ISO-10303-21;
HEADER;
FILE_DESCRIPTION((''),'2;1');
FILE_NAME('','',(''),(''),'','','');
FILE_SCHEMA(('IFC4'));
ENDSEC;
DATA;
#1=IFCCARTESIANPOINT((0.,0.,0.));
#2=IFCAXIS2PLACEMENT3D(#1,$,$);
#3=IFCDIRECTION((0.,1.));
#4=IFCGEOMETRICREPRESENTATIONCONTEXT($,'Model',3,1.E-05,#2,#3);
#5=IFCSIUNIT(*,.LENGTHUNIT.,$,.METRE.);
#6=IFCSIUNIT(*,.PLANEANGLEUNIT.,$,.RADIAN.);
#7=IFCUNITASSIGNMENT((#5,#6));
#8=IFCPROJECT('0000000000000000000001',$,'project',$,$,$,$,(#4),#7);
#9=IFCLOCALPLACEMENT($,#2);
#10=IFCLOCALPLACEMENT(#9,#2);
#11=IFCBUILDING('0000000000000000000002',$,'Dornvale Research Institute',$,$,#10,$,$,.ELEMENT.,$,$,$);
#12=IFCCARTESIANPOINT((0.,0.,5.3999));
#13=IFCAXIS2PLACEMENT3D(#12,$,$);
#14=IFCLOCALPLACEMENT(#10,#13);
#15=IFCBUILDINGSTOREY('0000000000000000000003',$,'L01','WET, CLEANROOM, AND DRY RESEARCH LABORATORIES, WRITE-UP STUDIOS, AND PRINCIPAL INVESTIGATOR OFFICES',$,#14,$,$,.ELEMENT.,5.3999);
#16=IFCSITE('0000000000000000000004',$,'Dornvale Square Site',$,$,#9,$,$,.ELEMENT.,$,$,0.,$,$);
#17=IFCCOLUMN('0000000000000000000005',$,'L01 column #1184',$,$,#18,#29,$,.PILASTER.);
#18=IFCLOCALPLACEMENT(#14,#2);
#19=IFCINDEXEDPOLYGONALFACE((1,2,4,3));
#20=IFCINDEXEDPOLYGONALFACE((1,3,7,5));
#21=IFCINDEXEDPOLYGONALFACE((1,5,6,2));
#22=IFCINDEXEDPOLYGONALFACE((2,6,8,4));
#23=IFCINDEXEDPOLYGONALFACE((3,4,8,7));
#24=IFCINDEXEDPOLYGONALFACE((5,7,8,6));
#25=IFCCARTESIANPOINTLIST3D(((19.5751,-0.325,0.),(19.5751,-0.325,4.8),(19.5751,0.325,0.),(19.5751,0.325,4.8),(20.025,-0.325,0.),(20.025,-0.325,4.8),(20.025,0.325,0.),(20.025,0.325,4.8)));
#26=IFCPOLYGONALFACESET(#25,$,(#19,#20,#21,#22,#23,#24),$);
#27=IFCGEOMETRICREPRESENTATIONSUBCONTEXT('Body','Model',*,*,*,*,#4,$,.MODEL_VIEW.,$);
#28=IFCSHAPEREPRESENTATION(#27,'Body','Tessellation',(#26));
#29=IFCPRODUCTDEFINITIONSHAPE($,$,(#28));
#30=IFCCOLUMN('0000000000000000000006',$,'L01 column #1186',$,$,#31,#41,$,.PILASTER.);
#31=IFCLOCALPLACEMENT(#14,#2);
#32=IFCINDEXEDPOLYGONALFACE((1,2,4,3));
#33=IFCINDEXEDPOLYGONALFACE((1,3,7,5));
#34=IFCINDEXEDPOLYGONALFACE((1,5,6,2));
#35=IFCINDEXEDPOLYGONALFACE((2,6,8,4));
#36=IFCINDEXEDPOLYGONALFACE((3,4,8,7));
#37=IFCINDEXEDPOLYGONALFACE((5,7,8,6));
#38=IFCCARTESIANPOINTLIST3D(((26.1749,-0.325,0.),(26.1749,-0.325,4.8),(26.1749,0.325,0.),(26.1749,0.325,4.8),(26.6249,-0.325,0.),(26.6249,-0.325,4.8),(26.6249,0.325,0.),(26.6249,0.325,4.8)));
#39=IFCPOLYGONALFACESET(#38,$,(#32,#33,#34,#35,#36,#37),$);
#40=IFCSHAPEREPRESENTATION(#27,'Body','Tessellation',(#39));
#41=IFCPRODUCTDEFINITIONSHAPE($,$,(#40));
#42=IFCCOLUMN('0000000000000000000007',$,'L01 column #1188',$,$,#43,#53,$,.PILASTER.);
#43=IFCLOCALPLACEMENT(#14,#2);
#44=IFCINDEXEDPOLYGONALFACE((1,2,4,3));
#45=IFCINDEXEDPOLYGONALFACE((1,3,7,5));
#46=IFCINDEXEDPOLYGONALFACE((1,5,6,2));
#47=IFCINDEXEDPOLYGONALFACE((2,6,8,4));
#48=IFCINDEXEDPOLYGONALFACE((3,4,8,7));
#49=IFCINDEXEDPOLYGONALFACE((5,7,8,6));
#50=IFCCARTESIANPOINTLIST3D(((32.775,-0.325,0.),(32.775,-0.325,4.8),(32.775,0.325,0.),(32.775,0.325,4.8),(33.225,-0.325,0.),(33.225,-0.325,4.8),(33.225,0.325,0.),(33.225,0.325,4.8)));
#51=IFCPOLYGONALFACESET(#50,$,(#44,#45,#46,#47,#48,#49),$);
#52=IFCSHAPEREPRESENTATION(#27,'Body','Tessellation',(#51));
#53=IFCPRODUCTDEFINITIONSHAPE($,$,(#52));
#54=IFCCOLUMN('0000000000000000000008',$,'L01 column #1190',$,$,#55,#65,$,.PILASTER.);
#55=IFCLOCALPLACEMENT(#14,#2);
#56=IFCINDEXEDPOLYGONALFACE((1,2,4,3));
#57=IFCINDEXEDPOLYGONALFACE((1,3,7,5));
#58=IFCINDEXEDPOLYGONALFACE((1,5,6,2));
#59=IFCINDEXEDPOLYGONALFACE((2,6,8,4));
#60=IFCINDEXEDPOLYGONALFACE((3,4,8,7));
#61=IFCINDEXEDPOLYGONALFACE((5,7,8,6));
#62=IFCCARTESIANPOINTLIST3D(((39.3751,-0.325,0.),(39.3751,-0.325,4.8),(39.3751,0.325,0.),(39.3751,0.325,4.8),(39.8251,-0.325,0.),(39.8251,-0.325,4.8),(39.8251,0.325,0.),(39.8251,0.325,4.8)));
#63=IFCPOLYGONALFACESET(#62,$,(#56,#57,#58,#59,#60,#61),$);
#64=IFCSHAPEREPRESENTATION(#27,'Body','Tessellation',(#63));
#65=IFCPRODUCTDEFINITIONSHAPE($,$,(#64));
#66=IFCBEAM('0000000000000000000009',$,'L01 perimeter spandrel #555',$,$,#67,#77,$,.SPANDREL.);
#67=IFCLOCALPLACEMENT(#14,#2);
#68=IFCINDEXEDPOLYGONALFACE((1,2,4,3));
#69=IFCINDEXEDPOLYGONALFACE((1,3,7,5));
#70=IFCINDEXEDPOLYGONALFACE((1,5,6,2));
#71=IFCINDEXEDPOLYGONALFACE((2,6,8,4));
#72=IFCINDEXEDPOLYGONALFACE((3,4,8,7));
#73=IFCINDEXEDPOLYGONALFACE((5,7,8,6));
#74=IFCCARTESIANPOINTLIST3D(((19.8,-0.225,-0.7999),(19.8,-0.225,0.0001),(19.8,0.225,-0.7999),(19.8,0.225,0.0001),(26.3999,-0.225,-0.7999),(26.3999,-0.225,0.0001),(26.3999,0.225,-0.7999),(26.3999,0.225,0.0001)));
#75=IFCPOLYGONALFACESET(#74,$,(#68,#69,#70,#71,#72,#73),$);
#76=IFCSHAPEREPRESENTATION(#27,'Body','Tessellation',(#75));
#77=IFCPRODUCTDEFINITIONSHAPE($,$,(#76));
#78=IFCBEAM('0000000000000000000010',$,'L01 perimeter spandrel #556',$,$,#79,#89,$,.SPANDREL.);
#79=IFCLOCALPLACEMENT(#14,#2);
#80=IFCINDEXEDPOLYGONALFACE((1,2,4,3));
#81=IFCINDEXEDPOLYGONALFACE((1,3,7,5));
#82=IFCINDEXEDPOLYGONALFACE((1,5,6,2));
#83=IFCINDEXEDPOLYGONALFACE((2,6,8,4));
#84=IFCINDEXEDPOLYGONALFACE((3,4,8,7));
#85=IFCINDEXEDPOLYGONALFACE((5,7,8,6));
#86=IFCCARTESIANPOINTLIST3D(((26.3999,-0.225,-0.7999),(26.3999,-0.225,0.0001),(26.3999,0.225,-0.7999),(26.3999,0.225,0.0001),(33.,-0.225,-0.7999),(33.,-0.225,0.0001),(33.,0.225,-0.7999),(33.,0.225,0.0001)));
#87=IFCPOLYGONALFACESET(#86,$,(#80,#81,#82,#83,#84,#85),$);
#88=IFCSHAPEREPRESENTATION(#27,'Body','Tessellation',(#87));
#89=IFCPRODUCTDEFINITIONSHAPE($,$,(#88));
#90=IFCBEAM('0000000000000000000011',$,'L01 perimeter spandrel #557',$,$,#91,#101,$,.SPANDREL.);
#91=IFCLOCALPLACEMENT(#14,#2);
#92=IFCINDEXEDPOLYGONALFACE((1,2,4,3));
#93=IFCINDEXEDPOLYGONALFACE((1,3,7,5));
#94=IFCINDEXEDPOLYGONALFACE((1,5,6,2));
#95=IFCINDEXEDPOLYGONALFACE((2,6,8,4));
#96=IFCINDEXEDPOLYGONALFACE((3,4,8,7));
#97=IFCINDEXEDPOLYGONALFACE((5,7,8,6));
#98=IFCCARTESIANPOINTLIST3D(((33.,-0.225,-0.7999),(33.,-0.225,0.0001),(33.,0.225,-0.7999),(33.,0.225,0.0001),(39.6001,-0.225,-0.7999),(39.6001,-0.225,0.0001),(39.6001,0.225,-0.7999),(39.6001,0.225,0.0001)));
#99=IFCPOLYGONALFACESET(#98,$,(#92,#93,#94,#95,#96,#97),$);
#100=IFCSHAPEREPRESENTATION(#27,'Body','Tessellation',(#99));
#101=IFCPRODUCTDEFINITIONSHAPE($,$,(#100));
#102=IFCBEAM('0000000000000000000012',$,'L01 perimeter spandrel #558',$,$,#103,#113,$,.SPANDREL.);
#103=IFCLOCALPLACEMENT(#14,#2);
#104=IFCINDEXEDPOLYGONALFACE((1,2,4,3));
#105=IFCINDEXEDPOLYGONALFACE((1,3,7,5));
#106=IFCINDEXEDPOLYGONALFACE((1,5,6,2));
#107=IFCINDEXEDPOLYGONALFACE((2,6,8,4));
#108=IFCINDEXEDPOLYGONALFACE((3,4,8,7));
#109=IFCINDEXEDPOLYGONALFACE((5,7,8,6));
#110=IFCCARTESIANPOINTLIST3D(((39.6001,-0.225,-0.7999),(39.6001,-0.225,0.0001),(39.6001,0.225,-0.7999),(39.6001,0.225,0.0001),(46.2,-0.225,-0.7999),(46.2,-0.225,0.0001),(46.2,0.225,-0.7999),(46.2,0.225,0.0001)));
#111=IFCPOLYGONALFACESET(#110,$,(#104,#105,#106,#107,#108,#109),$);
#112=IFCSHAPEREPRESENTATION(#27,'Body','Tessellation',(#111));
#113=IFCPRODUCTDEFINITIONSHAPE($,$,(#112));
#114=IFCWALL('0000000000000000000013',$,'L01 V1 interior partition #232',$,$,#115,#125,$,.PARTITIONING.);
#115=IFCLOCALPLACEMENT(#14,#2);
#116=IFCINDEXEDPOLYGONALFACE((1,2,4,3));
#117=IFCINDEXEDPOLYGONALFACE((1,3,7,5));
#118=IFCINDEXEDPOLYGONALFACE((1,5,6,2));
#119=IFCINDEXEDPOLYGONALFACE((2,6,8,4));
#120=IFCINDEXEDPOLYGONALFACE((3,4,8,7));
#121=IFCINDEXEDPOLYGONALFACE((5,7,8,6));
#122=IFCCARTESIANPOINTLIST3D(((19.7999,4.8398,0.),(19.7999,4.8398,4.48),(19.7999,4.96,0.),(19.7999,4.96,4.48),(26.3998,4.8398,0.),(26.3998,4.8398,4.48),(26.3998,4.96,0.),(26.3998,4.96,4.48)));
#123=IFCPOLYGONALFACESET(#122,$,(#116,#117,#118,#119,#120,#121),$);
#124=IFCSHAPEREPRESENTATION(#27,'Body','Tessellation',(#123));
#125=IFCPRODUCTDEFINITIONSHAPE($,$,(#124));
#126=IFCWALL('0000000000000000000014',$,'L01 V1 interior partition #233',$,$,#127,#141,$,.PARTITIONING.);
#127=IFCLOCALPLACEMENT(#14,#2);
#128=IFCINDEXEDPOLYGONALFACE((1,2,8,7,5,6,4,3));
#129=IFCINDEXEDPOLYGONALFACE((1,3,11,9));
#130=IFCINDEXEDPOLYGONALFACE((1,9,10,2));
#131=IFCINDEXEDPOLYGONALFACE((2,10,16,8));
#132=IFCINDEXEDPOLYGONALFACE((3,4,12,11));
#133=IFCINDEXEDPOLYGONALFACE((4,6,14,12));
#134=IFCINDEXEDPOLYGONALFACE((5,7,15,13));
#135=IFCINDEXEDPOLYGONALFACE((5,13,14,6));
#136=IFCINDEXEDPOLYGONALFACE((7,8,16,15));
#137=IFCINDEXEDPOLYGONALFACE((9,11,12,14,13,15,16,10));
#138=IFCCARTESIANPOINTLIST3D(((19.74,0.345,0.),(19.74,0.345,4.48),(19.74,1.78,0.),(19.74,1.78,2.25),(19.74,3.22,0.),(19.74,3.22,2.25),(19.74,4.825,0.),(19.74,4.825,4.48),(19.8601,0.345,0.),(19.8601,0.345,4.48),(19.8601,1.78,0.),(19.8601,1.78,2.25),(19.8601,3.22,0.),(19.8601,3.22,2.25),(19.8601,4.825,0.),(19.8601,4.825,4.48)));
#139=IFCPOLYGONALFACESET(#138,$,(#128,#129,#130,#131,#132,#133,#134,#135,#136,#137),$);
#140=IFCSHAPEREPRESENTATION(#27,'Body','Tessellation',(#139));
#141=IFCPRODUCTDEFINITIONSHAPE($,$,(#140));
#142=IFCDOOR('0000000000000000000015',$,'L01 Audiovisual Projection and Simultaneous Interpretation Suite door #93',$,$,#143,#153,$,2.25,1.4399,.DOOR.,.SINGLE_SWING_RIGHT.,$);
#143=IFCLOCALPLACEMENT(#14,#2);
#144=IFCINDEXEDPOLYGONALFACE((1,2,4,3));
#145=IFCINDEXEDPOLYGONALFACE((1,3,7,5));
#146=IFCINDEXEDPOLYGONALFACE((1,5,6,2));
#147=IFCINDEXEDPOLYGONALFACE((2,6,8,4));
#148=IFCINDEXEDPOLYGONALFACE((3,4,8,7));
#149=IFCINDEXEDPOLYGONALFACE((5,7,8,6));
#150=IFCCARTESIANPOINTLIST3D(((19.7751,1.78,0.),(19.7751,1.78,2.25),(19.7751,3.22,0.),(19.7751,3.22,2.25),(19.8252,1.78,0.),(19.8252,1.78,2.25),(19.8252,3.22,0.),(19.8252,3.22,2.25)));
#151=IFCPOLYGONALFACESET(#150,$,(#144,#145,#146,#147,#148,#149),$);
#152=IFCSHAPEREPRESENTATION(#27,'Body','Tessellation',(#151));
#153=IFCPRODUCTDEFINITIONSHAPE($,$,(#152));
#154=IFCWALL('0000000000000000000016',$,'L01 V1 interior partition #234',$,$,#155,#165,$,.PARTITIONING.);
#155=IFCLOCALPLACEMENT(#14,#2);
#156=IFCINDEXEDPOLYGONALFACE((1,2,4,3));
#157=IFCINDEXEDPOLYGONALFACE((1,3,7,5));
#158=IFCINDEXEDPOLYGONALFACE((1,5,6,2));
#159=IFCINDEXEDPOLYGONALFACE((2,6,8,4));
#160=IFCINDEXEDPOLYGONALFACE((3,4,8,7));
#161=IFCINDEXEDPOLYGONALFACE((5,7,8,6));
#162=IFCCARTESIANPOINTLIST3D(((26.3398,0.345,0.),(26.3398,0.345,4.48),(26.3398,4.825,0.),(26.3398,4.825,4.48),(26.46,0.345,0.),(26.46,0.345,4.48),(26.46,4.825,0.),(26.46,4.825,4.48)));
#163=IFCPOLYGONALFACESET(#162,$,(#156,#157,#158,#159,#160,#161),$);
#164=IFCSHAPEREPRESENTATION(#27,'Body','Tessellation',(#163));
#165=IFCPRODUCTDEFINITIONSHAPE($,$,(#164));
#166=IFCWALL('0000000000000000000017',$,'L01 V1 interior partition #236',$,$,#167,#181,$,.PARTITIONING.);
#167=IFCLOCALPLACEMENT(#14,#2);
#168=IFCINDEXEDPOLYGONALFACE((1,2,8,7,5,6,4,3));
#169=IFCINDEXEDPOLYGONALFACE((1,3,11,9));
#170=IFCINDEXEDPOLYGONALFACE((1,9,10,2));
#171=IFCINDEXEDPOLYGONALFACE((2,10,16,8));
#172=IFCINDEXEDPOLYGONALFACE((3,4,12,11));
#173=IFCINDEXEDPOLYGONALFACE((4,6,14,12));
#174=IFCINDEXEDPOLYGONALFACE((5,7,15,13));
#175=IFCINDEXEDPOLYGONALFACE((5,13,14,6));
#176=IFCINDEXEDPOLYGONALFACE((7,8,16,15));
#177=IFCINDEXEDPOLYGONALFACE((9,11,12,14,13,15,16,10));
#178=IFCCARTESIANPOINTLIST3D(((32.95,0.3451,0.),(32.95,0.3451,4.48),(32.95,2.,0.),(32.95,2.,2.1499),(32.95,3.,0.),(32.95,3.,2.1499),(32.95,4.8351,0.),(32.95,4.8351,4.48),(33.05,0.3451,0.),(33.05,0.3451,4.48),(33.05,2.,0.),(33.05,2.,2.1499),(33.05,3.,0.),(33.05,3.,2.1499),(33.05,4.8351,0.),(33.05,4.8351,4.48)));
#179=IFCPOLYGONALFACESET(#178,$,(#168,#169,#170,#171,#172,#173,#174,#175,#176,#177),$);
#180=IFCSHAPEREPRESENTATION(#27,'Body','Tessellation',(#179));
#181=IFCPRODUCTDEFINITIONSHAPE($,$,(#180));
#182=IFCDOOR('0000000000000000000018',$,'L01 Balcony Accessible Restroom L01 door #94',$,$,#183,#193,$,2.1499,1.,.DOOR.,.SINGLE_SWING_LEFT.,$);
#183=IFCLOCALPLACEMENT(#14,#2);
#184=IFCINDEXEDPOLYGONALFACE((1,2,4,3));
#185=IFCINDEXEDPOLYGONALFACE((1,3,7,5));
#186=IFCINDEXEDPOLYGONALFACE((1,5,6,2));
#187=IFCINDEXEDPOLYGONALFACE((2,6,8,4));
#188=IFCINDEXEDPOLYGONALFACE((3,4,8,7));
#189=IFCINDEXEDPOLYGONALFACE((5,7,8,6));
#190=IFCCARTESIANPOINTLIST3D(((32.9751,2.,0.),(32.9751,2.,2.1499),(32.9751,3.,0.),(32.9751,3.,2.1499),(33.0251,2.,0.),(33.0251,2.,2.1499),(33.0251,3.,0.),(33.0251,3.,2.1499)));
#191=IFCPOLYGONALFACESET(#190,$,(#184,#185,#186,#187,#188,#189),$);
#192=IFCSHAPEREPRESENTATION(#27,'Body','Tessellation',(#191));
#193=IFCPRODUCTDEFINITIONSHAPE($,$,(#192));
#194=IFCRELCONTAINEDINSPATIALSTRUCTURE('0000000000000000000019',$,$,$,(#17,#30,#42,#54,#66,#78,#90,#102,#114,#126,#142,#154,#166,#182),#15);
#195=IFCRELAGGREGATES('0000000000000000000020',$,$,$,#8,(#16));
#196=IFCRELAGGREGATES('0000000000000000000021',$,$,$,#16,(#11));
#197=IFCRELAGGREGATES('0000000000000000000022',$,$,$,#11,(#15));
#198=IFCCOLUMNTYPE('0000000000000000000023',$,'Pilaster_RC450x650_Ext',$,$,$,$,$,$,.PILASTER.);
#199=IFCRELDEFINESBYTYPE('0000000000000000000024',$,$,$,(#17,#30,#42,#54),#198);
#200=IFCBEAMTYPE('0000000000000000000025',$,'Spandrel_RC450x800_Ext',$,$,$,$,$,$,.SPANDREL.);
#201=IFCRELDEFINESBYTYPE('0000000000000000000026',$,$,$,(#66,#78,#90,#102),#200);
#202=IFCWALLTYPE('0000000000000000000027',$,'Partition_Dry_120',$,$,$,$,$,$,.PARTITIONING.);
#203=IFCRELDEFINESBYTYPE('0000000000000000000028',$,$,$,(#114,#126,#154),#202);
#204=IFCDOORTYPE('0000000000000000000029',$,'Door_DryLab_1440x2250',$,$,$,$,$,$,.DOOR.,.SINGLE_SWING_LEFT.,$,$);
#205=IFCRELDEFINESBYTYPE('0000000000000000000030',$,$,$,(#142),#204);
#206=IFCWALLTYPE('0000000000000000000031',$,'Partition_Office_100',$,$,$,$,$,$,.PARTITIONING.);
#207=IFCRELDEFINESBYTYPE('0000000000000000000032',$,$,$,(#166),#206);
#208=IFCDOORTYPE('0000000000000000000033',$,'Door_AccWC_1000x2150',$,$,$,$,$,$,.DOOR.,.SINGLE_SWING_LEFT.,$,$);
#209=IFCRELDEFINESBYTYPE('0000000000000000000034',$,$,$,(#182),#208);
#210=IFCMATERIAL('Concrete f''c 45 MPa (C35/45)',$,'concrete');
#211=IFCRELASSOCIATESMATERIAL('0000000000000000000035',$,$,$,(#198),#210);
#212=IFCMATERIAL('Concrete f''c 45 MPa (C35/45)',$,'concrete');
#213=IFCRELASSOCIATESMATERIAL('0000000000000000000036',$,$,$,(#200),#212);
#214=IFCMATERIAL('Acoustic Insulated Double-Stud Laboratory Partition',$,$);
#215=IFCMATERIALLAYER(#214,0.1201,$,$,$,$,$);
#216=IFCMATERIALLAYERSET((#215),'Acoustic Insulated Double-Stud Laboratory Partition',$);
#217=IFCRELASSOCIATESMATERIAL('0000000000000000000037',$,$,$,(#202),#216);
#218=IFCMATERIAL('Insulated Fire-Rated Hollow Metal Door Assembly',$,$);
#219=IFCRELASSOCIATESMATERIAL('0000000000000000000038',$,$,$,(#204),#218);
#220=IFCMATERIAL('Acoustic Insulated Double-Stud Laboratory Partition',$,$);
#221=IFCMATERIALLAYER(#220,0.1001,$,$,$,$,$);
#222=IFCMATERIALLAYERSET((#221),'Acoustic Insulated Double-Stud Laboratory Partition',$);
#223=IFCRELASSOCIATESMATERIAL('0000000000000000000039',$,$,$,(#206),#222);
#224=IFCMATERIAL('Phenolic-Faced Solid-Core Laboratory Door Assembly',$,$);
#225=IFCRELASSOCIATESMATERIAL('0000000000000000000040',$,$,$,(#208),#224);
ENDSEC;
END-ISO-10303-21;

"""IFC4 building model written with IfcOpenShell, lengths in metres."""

from ifc_helpers import new_model, si_unit, direction, frame, frame_2d, origin, origin_2d, place, context, subcontext, project, spatial, rectangle, extrude, material, layer, layer_set, material_profile, profile_set, type_object, element, fill, save


model = new_model("IFC4")

# Units and contexts
model_context = context("Model", 3, precision=1e-05, world=origin(), true_north=direction((0.0, 1.0)))
body_context = subcontext(model_context, "Body", "Model", "MODEL_VIEW")
ifc_project = project(units=[si_unit("LENGTHUNIT", "METRE"), si_unit("PLANEANGLEUNIT", "RADIAN")], contexts=[model_context])

# Site, building, storey
site_placement = place(None, origin())
site = spatial("IfcSite", under=ifc_project, at=site_placement, Name="Dornvale Square Site", CompositionType="ELEMENT", RefElevation=0.0)
building_placement = place(site_placement, origin())
building = spatial("IfcBuilding", under=site, at=building_placement, Name="Dornvale Research Institute", CompositionType="ELEMENT")
storey_placement = place(building_placement, frame((0.0, 0.0, 5.3999)))
storey = spatial("IfcBuildingStorey", under=building, at=storey_placement, Name="L01", Description="WET, CLEANROOM, AND DRY RESEARCH LABORATORIES, WRITE-UP STUDIOS, AND PRINCIPAL INVESTIGATOR OFFICES", CompositionType="ELEMENT", Elevation=5.3999)

# Columns
ifc_material_1 = material(Name="Concrete f'c 45 MPa (C35/45)", Category="concrete")
ifc_material_profile_1 = material_profile(ifc_material_1, rectangle(XDim=0.45, YDim=0.6499, at=origin_2d()), Name="RC 450x650")
ifc_profile_set_1 = profile_set([ifc_material_profile_1], Name="Concrete f'c 45 MPa (C35/45)")
column_type = type_object("IfcColumnType", Name="Pilaster_RC450x650_Ext", PredefinedType="PILASTER", material=ifc_profile_set_1)
for number, where, z_axis, x_axis, name in (
    (1, (19.8, 0.0, 0.0), (0.0, 0.0, 1.0), (1.0, 0.0, 0.0), "L01 column #1184"),
    (2, (26.3999, 0.0, 0.0), (0.0, 0.0, 1.0), (1.0, 0.0, 0.0), "L01 column #1186"),
    (3, (33.0, 0.0, 0.0), (0.0, 0.0, 1.0), (1.0, 0.0, 0.0), "L01 column #1188"),
    (4, (39.6001, 0.0, 0.0), (0.0, 0.0, 1.0), (1.0, 0.0, 0.0), "L01 column #1190"),
):
    element("IfcColumn", number, at=place(storey_placement, frame(where, z_axis=z_axis, x_axis=x_axis)), inside=storey, type_object=column_type, Name=name, PredefinedType="PILASTER", context=body_context, shape_type="SweptSolid", body=[
        extrude(rectangle(XDim=0.45, YDim=0.6499, at=origin_2d()), origin(), (0.0, 0.0, 1.0), 4.8),
    ])

# Beams
ifc_material_2 = material(Name="Concrete f'c 45 MPa (C35/45)", Category="concrete")
ifc_material_profile_2 = material_profile(ifc_material_2, rectangle(XDim=0.45, YDim=0.8, at=origin_2d()), Name="RC 450x800")
ifc_profile_set_2 = profile_set([ifc_material_profile_2], Name="Concrete f'c 45 MPa (C35/45)")
beam_type = type_object("IfcBeamType", Name="Spandrel_RC450x800_Ext", PredefinedType="SPANDREL", material=ifc_profile_set_2)
beam_1_placement = place(storey_placement, frame((19.8, 0.0, -0.3999), z_axis=(1.0, 0.0, 0.0), x_axis=(0.0, 1.0, 0.0)))
element("IfcBeam", 5, at=beam_1_placement, inside=storey, type_object=beam_type, Name="L01 perimeter spandrel #555", PredefinedType="SPANDREL", context=body_context, shape_type="SweptSolid", body=[
    extrude(rectangle(XDim=0.45, YDim=0.8, at=origin_2d()), origin(), (0.0, 0.0, 1.0), 6.5999),
])
for number, where, z_axis, x_axis, name in (
    (6, (26.3999, 0.0, -0.3999), (1.0, 0.0, 0.0), (0.0, 1.0, 0.0), "L01 perimeter spandrel #556"),
    (7, (33.0, 0.0, -0.3999), (1.0, 0.0, 0.0), (0.0, 1.0, 0.0), "L01 perimeter spandrel #557"),
):
    element("IfcBeam", number, at=place(storey_placement, frame(where, z_axis=z_axis, x_axis=x_axis)), inside=storey, type_object=beam_type, Name=name, PredefinedType="SPANDREL", context=body_context, shape_type="SweptSolid", body=[
        extrude(rectangle(XDim=0.45, YDim=0.8, at=origin_2d()), origin(), (0.0, 0.0, 1.0), 6.6001),
    ])
beam_2_placement = place(storey_placement, frame((39.6001, 0.0, -0.3999), z_axis=(1.0, 0.0, 0.0), x_axis=(0.0, 1.0, 0.0)))
element("IfcBeam", 8, at=beam_2_placement, inside=storey, type_object=beam_type, Name="L01 perimeter spandrel #558", PredefinedType="SPANDREL", context=body_context, shape_type="SweptSolid", body=[
    extrude(rectangle(XDim=0.45, YDim=0.8, at=origin_2d()), origin(), (0.0, 0.0, 1.0), 6.5999),
])

# Wall
ifc_material_3 = material(Name="Acoustic Insulated Double-Stud Laboratory Partition")
ifc_layer_1 = layer(ifc_material_3, 0.1201)
ifc_layer_set_1 = layer_set([ifc_layer_1], Name="Acoustic Insulated Double-Stud Laboratory Partition")
wall_type_1 = type_object("IfcWallType", Name="Partition_Dry_120", PredefinedType="PARTITIONING", material=ifc_layer_set_1)
wall_1_placement = place(storey_placement, frame((19.8, 4.8999, 0.0), z_axis=(0.0, 0.0, 1.0), x_axis=(1.0, 0.0, 0.0)))
element("IfcWall", 9, at=wall_1_placement, inside=storey, type_object=wall_type_1, Name="L01 V1 interior partition #232", PredefinedType="PARTITIONING", context=body_context, shape_type="SweptSolid", body=[
    extrude(rectangle(XDim=6.5999, YDim=0.1201, at=frame_2d((3.2998, 0.0))), origin(), (0.0, 0.0, 1.0), 4.48),
])

# Wall, opening, door
wall_2_placement = place(storey_placement, frame((19.8, 0.345, 0.0), z_axis=(0.0, 0.0, 1.0), x_axis=(0.0, 1.0, 0.0)))
wall_2 = element("IfcWall", 10, at=wall_2_placement, inside=storey, type_object=wall_type_1, Name="L01 V1 interior partition #233", PredefinedType="PARTITIONING", context=body_context, shape_type="SweptSolid", body=[
    extrude(rectangle(XDim=4.48, YDim=0.1201, at=frame_2d((2.24, 0.0))), origin(), (0.0, 0.0, 1.0), 4.48),
])
opening_1_placement = place(wall_2_placement, frame((1.4351, 0.0, 0.0)))
opening_1 = element("IfcOpeningElement", 11, at=opening_1_placement, cuts=wall_2, PredefinedType="OPENING", context=body_context, shape_type="SweptSolid", body=[
    extrude(rectangle(XDim=1.4399, YDim=2.25, at=frame_2d((0.72, 1.125))), frame((0.0, 0.075, 0.0), z_axis=(0.0, -1.0, 0.0), x_axis=(1.0, 0.0, 0.0)), (0.0, 0.0, 1.0), 0.1501),
])
ifc_material_4 = material(Name="Insulated Fire-Rated Hollow Metal Door Assembly")
door_type_1 = type_object("IfcDoorType", Name="Door_DryLab_1440x2250", OperationType="SINGLE_SWING_LEFT", PredefinedType="DOOR", material=ifc_material_4)
door_1_placement = place(opening_1_placement, origin())
door_1 = element("IfcDoor", 12, at=door_1_placement, inside=storey, type_object=door_type_1, Name="L01 Audiovisual Projection and Simultaneous Interpretation Suite door #93", OperationType="SINGLE_SWING_RIGHT", OverallHeight=2.25, OverallWidth=1.4399, PredefinedType="DOOR", context=body_context, shape_type="SweptSolid", body=[
    extrude(rectangle(XDim=1.4399, YDim=2.25, at=frame_2d((0.72, 1.125))), frame((0.0, 0.0249, 0.0), z_axis=(0.0, -1.0, 0.0), x_axis=(1.0, 0.0, 0.0)), (0.0, 0.0, 1.0), 0.05),
])
fill(opening_1, door_1)

# Wall
wall_3_placement = place(storey_placement, frame((26.3999, 0.345, 0.0), z_axis=(0.0, 0.0, 1.0), x_axis=(0.0, 1.0, 0.0)))
element("IfcWall", 13, at=wall_3_placement, inside=storey, type_object=wall_type_1, Name="L01 V1 interior partition #234", PredefinedType="PARTITIONING", context=body_context, shape_type="SweptSolid", body=[
    extrude(rectangle(XDim=4.48, YDim=0.1201, at=frame_2d((2.24, 0.0))), origin(), (0.0, 0.0, 1.0), 4.48),
])

# Wall, opening, door
ifc_material_5 = material(Name="Acoustic Insulated Double-Stud Laboratory Partition")
ifc_layer_2 = layer(ifc_material_5, 0.1001)
ifc_layer_set_2 = layer_set([ifc_layer_2], Name="Acoustic Insulated Double-Stud Laboratory Partition")
wall_type_2 = type_object("IfcWallType", Name="Partition_Office_100", PredefinedType="PARTITIONING", material=ifc_layer_set_2)
wall_4_placement = place(storey_placement, frame((33.0, 0.345, 0.0), z_axis=(0.0, 0.0, 1.0), x_axis=(0.0, 1.0, 0.0)))
wall_4 = element("IfcWall", 14, at=wall_4_placement, inside=storey, type_object=wall_type_2, Name="L01 V1 interior partition #236", PredefinedType="PARTITIONING", context=body_context, shape_type="SweptSolid", body=[
    extrude(rectangle(XDim=4.49, YDim=0.1001, at=frame_2d((2.2451, 0.0))), origin(), (0.0, 0.0, 1.0), 4.48),
])
opening_2_placement = place(wall_4_placement, frame((1.655, 0.0, 0.0)))
opening_2 = element("IfcOpeningElement", 15, at=opening_2_placement, cuts=wall_4, PredefinedType="OPENING", context=body_context, shape_type="SweptSolid", body=[
    extrude(rectangle(XDim=1.0, YDim=2.1499, at=frame_2d((0.5, 1.075))), frame((0.0, 0.0649, 0.0), z_axis=(0.0, -1.0, 0.0), x_axis=(1.0, 0.0, 0.0)), (0.0, 0.0, 1.0), 0.1301),
])
ifc_material_6 = material(Name="Phenolic-Faced Solid-Core Laboratory Door Assembly")
door_type_2 = type_object("IfcDoorType", Name="Door_AccWC_1000x2150", OperationType="SINGLE_SWING_LEFT", PredefinedType="DOOR", material=ifc_material_6)
door_2_placement = place(opening_2_placement, origin())
door_2 = element("IfcDoor", 16, at=door_2_placement, inside=storey, type_object=door_type_2, Name="L01 Balcony Accessible Restroom L01 door #94", OperationType="SINGLE_SWING_LEFT", OverallHeight=2.1499, OverallWidth=1.0, PredefinedType="DOOR", context=body_context, shape_type="SweptSolid", body=[
    extrude(rectangle(XDim=1.0, YDim=2.1499, at=frame_2d((0.5, 1.075))), frame((0.0, 0.0249, 0.0), z_axis=(0.0, -1.0, 0.0), x_axis=(1.0, 0.0, 0.0)), (0.0, 0.0, 1.0), 0.05),
])
fill(opening_2, door_2)

save(model, "model.ifc")
